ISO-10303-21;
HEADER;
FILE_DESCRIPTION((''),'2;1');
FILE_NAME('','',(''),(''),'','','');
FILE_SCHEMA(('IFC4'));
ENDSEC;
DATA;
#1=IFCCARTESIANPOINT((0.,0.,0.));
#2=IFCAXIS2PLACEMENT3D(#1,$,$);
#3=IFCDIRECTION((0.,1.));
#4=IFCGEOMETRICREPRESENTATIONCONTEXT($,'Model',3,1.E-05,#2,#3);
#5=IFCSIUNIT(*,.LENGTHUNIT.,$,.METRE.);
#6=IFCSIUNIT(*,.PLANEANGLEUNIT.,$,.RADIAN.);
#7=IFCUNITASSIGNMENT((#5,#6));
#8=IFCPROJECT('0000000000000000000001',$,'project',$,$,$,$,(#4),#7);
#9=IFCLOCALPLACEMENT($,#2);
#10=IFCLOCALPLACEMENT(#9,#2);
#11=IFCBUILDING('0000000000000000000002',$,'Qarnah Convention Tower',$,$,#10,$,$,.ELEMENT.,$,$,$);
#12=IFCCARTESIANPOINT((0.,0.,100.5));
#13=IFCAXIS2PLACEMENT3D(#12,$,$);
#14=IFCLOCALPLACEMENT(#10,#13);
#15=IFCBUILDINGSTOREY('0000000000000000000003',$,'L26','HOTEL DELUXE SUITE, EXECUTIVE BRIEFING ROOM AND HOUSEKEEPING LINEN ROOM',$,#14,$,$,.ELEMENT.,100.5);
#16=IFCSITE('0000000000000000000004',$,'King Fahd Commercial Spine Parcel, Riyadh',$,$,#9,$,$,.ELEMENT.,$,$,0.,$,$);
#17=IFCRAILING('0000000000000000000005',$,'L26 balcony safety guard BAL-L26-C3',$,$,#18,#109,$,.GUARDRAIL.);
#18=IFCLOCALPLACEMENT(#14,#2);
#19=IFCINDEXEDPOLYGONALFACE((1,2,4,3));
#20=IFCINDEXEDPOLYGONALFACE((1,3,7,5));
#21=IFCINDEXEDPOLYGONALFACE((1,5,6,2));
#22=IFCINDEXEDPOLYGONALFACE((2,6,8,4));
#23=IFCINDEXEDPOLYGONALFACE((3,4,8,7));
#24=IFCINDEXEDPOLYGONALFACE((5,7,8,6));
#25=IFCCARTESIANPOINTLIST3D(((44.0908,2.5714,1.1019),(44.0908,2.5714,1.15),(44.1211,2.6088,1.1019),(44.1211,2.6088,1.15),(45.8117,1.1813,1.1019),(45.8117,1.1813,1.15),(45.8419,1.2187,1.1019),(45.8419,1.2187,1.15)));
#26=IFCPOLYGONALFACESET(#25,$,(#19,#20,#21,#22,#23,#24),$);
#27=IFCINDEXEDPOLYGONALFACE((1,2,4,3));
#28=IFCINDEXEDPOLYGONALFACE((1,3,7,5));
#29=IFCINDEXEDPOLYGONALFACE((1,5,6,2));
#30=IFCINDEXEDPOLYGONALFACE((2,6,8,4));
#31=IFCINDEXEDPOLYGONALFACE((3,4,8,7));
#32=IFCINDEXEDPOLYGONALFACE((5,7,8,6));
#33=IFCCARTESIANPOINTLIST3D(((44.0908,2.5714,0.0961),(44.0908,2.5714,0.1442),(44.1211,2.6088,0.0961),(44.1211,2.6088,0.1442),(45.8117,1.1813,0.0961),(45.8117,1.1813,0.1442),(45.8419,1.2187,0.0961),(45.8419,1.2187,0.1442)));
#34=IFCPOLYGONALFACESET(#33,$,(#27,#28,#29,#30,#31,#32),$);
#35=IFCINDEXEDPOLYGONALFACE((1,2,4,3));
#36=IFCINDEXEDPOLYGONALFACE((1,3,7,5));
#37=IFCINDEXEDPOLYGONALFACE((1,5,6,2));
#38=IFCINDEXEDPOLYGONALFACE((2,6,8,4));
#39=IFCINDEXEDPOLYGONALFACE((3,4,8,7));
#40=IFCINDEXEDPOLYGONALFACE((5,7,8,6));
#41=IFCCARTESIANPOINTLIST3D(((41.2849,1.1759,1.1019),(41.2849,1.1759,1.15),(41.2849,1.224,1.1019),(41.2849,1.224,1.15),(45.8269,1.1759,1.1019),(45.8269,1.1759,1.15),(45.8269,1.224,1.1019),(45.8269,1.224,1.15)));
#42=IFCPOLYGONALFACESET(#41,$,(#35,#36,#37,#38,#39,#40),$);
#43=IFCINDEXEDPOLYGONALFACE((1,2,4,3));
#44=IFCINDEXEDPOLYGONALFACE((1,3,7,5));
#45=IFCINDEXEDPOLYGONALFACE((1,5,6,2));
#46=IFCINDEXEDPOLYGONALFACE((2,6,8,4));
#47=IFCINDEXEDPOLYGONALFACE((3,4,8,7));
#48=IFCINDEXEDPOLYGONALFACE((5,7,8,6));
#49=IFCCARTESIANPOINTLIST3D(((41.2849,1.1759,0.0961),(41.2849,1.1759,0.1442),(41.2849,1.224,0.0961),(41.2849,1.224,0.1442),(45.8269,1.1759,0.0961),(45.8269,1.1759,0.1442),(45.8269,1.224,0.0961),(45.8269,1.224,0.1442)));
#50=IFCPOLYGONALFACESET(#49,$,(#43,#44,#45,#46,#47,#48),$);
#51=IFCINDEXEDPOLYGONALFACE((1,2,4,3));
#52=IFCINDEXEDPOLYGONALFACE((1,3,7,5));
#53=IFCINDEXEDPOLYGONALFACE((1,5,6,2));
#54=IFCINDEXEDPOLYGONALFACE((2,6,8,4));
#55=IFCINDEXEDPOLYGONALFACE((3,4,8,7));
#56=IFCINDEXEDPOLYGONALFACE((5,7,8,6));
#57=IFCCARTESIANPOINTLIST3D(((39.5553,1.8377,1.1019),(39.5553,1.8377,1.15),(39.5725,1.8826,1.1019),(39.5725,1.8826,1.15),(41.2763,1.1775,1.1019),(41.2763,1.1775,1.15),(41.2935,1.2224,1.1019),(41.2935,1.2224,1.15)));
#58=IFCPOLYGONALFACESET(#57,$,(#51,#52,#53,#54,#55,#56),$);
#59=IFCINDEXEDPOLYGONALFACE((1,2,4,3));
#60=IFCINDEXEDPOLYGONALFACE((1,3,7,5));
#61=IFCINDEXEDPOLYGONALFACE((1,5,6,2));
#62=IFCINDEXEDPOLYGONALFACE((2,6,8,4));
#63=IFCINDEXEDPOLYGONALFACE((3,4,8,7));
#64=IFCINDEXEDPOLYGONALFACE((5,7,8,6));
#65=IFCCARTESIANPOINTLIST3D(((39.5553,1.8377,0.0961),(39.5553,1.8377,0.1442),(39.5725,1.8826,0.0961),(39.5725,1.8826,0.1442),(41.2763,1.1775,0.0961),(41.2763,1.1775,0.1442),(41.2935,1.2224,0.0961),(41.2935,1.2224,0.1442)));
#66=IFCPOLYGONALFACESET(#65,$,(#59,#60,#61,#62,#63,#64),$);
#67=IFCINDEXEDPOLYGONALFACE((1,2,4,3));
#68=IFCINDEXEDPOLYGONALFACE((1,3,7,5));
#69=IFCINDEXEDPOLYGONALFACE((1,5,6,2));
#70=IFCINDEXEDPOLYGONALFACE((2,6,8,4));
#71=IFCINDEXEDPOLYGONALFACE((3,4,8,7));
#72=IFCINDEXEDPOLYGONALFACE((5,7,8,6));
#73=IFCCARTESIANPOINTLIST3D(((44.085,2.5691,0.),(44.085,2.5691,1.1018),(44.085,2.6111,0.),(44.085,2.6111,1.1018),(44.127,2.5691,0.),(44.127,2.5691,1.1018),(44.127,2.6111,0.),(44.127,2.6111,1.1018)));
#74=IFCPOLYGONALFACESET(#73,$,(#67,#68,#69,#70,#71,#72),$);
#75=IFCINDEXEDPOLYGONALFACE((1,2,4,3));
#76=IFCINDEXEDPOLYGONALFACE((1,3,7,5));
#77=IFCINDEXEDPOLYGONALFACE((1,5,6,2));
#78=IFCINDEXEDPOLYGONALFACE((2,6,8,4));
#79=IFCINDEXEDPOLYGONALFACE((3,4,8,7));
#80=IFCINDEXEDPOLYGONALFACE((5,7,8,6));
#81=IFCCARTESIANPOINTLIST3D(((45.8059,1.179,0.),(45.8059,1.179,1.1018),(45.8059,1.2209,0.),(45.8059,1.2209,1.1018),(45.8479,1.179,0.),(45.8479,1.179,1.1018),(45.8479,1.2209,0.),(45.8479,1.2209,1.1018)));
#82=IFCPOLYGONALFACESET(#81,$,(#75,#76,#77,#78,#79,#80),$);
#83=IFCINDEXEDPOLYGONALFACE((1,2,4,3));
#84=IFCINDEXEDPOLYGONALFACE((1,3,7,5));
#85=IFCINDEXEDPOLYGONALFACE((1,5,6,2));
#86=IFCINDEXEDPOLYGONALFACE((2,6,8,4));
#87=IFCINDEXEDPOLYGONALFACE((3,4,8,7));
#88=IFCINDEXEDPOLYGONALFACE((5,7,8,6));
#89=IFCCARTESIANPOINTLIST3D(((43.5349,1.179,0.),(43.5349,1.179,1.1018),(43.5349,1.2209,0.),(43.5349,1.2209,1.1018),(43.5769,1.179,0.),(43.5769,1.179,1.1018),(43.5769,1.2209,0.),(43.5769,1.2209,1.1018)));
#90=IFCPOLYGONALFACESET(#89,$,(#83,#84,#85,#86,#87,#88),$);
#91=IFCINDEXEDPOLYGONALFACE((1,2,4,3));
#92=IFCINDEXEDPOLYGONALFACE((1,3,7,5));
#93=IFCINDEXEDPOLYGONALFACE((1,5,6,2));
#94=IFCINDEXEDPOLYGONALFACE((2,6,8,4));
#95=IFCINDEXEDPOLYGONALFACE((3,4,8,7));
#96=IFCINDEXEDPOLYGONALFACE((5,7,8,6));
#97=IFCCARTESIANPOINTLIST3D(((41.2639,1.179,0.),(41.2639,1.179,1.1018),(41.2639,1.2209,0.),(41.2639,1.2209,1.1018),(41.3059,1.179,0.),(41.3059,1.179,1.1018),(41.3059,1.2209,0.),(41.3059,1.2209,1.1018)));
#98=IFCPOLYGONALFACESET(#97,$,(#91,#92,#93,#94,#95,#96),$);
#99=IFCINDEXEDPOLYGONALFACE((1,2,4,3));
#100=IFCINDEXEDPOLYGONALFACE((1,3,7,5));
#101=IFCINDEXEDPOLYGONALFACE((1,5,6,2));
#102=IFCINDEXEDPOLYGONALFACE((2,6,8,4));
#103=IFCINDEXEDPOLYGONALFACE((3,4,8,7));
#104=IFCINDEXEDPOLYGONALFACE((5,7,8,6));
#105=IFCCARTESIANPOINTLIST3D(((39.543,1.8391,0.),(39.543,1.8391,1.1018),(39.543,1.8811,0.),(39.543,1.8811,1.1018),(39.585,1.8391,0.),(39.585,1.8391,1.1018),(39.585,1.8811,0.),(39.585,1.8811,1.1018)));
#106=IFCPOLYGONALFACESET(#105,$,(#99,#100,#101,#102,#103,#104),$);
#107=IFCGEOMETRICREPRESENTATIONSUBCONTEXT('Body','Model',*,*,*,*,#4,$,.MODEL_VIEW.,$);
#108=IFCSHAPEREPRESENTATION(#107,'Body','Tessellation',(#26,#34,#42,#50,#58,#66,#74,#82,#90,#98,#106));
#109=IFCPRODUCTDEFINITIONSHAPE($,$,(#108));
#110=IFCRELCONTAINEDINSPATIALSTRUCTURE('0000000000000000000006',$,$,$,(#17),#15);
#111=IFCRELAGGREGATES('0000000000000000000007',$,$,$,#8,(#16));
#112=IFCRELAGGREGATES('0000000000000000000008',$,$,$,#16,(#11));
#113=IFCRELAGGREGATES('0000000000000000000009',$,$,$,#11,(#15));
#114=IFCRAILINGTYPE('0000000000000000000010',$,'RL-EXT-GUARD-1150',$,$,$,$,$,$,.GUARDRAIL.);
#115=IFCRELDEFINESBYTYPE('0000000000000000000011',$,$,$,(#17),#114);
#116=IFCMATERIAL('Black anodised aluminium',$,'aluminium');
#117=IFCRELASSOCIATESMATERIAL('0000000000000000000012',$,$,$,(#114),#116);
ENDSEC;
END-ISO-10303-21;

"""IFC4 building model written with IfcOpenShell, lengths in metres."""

from ifc_helpers import new_model, si_unit, direction, frame, origin, origin_2d, place, context, subcontext, project, spatial, rectangle, extrude, material, type_object, element, save


model = new_model("IFC4")

# Units and contexts
model_context = context("Model", 3, precision=1e-05, world=origin(), true_north=direction((0.0, 1.0)))
body_context = subcontext(model_context, "Body", "Model", "MODEL_VIEW")
ifc_project = project(units=[si_unit("LENGTHUNIT", "METRE"), si_unit("PLANEANGLEUNIT", "RADIAN")], contexts=[model_context])

# Site, building, storey
site_placement = place(None, origin())
site = spatial("IfcSite", under=ifc_project, at=site_placement, Name="King Fahd Commercial Spine Parcel, Riyadh", CompositionType="ELEMENT", RefElevation=0.0)
building_placement = place(site_placement, origin())
building = spatial("IfcBuilding", under=site, at=building_placement, Name="Qarnah Convention Tower", CompositionType="ELEMENT")
storey_placement = place(building_placement, frame((0.0, 0.0, 100.5)))
storey = spatial("IfcBuildingStorey", under=building, at=storey_placement, Name="L26", Description="HOTEL DELUXE SUITE, EXECUTIVE BRIEFING ROOM AND HOUSEKEEPING LINEN ROOM", CompositionType="ELEMENT", Elevation=100.5)

# Shared definitions
ifc_material_1 = material(Name="Black anodised aluminium", Category="aluminium")

# Railing
railing_type = type_object("IfcRailingType", Name="RL-EXT-GUARD-1150", PredefinedType="GUARDRAIL", material=ifc_material_1)
railing_1_placement = place(storey_placement, frame((44.106, 2.5901, 0.0)))
element("IfcRailing", 1, at=railing_1_placement, inside=storey, type_object=railing_type, Name="L26 balcony safety guard BAL-L26-C3", PredefinedType="GUARDRAIL", context=body_context, shape_type="SweptSolid", body=[
    extrude(rectangle(XDim=0.0481, YDim=0.0481, at=origin_2d()), frame((0.0, 0.0, 1.126), z_axis=(0.77791, -0.628376, 0.0), x_axis=(0.628376, 0.77791, 0.0)), (0.0, 0.0, 1.0), 2.2122),
    extrude(rectangle(XDim=0.0481, YDim=0.0481, at=origin_2d()), frame((0.0, 0.0, 0.1201), z_axis=(0.77791, -0.628376, 0.0), x_axis=(0.628376, 0.77791, 0.0)), (0.0, 0.0, 1.0), 2.2122),
    extrude(rectangle(XDim=0.0481, YDim=0.0481, at=origin_2d()), frame((1.7209, -1.3901, 1.126), z_axis=(-1.0, 0.0, 0.0), x_axis=(0.0, -1.0, 0.0)), (0.0, 0.0, 1.0), 4.542),
    extrude(rectangle(XDim=0.0481, YDim=0.0481, at=origin_2d()), frame((1.7209, -1.3901, 0.1201), z_axis=(-1.0, 0.0, 0.0), x_axis=(0.0, -1.0, 0.0)), (0.0, 0.0, 1.0), 4.542),
    extrude(rectangle(XDim=0.0481, YDim=0.0481, at=origin_2d()), frame((-2.821, -1.3901, 1.126), z_axis=(-0.933663, 0.358153, 0.0), x_axis=(-0.358153, -0.933663, 0.0)), (0.0, 0.0, 1.0), 1.8433),
    extrude(rectangle(XDim=0.0481, YDim=0.0481, at=origin_2d()), frame((-2.821, -1.3901, 0.1201), z_axis=(-0.933663, 0.358153, 0.0), x_axis=(-0.358153, -0.933663, 0.0)), (0.0, 0.0, 1.0), 1.8433),
    extrude(rectangle(XDim=0.042, YDim=0.042, at=origin_2d()), origin(), (0.0, 0.0, 1.0), 1.1018),
    extrude(rectangle(XDim=0.042, YDim=0.042, at=origin_2d()), frame((1.7209, -1.3901, 0.0)), (0.0, 0.0, 1.0), 1.1018),
    extrude(rectangle(XDim=0.042, YDim=0.042, at=origin_2d()), frame((-0.55, -1.3901, 0.0)), (0.0, 0.0, 1.0), 1.1018),
    extrude(rectangle(XDim=0.042, YDim=0.042, at=origin_2d()), frame((-2.821, -1.3901, 0.0)), (0.0, 0.0, 1.0), 1.1018),
    extrude(rectangle(XDim=0.042, YDim=0.042, at=origin_2d()), frame((-4.542, -0.73, 0.0)), (0.0, 0.0, 1.0), 1.1018),
])

save(model, "model.ifc")
